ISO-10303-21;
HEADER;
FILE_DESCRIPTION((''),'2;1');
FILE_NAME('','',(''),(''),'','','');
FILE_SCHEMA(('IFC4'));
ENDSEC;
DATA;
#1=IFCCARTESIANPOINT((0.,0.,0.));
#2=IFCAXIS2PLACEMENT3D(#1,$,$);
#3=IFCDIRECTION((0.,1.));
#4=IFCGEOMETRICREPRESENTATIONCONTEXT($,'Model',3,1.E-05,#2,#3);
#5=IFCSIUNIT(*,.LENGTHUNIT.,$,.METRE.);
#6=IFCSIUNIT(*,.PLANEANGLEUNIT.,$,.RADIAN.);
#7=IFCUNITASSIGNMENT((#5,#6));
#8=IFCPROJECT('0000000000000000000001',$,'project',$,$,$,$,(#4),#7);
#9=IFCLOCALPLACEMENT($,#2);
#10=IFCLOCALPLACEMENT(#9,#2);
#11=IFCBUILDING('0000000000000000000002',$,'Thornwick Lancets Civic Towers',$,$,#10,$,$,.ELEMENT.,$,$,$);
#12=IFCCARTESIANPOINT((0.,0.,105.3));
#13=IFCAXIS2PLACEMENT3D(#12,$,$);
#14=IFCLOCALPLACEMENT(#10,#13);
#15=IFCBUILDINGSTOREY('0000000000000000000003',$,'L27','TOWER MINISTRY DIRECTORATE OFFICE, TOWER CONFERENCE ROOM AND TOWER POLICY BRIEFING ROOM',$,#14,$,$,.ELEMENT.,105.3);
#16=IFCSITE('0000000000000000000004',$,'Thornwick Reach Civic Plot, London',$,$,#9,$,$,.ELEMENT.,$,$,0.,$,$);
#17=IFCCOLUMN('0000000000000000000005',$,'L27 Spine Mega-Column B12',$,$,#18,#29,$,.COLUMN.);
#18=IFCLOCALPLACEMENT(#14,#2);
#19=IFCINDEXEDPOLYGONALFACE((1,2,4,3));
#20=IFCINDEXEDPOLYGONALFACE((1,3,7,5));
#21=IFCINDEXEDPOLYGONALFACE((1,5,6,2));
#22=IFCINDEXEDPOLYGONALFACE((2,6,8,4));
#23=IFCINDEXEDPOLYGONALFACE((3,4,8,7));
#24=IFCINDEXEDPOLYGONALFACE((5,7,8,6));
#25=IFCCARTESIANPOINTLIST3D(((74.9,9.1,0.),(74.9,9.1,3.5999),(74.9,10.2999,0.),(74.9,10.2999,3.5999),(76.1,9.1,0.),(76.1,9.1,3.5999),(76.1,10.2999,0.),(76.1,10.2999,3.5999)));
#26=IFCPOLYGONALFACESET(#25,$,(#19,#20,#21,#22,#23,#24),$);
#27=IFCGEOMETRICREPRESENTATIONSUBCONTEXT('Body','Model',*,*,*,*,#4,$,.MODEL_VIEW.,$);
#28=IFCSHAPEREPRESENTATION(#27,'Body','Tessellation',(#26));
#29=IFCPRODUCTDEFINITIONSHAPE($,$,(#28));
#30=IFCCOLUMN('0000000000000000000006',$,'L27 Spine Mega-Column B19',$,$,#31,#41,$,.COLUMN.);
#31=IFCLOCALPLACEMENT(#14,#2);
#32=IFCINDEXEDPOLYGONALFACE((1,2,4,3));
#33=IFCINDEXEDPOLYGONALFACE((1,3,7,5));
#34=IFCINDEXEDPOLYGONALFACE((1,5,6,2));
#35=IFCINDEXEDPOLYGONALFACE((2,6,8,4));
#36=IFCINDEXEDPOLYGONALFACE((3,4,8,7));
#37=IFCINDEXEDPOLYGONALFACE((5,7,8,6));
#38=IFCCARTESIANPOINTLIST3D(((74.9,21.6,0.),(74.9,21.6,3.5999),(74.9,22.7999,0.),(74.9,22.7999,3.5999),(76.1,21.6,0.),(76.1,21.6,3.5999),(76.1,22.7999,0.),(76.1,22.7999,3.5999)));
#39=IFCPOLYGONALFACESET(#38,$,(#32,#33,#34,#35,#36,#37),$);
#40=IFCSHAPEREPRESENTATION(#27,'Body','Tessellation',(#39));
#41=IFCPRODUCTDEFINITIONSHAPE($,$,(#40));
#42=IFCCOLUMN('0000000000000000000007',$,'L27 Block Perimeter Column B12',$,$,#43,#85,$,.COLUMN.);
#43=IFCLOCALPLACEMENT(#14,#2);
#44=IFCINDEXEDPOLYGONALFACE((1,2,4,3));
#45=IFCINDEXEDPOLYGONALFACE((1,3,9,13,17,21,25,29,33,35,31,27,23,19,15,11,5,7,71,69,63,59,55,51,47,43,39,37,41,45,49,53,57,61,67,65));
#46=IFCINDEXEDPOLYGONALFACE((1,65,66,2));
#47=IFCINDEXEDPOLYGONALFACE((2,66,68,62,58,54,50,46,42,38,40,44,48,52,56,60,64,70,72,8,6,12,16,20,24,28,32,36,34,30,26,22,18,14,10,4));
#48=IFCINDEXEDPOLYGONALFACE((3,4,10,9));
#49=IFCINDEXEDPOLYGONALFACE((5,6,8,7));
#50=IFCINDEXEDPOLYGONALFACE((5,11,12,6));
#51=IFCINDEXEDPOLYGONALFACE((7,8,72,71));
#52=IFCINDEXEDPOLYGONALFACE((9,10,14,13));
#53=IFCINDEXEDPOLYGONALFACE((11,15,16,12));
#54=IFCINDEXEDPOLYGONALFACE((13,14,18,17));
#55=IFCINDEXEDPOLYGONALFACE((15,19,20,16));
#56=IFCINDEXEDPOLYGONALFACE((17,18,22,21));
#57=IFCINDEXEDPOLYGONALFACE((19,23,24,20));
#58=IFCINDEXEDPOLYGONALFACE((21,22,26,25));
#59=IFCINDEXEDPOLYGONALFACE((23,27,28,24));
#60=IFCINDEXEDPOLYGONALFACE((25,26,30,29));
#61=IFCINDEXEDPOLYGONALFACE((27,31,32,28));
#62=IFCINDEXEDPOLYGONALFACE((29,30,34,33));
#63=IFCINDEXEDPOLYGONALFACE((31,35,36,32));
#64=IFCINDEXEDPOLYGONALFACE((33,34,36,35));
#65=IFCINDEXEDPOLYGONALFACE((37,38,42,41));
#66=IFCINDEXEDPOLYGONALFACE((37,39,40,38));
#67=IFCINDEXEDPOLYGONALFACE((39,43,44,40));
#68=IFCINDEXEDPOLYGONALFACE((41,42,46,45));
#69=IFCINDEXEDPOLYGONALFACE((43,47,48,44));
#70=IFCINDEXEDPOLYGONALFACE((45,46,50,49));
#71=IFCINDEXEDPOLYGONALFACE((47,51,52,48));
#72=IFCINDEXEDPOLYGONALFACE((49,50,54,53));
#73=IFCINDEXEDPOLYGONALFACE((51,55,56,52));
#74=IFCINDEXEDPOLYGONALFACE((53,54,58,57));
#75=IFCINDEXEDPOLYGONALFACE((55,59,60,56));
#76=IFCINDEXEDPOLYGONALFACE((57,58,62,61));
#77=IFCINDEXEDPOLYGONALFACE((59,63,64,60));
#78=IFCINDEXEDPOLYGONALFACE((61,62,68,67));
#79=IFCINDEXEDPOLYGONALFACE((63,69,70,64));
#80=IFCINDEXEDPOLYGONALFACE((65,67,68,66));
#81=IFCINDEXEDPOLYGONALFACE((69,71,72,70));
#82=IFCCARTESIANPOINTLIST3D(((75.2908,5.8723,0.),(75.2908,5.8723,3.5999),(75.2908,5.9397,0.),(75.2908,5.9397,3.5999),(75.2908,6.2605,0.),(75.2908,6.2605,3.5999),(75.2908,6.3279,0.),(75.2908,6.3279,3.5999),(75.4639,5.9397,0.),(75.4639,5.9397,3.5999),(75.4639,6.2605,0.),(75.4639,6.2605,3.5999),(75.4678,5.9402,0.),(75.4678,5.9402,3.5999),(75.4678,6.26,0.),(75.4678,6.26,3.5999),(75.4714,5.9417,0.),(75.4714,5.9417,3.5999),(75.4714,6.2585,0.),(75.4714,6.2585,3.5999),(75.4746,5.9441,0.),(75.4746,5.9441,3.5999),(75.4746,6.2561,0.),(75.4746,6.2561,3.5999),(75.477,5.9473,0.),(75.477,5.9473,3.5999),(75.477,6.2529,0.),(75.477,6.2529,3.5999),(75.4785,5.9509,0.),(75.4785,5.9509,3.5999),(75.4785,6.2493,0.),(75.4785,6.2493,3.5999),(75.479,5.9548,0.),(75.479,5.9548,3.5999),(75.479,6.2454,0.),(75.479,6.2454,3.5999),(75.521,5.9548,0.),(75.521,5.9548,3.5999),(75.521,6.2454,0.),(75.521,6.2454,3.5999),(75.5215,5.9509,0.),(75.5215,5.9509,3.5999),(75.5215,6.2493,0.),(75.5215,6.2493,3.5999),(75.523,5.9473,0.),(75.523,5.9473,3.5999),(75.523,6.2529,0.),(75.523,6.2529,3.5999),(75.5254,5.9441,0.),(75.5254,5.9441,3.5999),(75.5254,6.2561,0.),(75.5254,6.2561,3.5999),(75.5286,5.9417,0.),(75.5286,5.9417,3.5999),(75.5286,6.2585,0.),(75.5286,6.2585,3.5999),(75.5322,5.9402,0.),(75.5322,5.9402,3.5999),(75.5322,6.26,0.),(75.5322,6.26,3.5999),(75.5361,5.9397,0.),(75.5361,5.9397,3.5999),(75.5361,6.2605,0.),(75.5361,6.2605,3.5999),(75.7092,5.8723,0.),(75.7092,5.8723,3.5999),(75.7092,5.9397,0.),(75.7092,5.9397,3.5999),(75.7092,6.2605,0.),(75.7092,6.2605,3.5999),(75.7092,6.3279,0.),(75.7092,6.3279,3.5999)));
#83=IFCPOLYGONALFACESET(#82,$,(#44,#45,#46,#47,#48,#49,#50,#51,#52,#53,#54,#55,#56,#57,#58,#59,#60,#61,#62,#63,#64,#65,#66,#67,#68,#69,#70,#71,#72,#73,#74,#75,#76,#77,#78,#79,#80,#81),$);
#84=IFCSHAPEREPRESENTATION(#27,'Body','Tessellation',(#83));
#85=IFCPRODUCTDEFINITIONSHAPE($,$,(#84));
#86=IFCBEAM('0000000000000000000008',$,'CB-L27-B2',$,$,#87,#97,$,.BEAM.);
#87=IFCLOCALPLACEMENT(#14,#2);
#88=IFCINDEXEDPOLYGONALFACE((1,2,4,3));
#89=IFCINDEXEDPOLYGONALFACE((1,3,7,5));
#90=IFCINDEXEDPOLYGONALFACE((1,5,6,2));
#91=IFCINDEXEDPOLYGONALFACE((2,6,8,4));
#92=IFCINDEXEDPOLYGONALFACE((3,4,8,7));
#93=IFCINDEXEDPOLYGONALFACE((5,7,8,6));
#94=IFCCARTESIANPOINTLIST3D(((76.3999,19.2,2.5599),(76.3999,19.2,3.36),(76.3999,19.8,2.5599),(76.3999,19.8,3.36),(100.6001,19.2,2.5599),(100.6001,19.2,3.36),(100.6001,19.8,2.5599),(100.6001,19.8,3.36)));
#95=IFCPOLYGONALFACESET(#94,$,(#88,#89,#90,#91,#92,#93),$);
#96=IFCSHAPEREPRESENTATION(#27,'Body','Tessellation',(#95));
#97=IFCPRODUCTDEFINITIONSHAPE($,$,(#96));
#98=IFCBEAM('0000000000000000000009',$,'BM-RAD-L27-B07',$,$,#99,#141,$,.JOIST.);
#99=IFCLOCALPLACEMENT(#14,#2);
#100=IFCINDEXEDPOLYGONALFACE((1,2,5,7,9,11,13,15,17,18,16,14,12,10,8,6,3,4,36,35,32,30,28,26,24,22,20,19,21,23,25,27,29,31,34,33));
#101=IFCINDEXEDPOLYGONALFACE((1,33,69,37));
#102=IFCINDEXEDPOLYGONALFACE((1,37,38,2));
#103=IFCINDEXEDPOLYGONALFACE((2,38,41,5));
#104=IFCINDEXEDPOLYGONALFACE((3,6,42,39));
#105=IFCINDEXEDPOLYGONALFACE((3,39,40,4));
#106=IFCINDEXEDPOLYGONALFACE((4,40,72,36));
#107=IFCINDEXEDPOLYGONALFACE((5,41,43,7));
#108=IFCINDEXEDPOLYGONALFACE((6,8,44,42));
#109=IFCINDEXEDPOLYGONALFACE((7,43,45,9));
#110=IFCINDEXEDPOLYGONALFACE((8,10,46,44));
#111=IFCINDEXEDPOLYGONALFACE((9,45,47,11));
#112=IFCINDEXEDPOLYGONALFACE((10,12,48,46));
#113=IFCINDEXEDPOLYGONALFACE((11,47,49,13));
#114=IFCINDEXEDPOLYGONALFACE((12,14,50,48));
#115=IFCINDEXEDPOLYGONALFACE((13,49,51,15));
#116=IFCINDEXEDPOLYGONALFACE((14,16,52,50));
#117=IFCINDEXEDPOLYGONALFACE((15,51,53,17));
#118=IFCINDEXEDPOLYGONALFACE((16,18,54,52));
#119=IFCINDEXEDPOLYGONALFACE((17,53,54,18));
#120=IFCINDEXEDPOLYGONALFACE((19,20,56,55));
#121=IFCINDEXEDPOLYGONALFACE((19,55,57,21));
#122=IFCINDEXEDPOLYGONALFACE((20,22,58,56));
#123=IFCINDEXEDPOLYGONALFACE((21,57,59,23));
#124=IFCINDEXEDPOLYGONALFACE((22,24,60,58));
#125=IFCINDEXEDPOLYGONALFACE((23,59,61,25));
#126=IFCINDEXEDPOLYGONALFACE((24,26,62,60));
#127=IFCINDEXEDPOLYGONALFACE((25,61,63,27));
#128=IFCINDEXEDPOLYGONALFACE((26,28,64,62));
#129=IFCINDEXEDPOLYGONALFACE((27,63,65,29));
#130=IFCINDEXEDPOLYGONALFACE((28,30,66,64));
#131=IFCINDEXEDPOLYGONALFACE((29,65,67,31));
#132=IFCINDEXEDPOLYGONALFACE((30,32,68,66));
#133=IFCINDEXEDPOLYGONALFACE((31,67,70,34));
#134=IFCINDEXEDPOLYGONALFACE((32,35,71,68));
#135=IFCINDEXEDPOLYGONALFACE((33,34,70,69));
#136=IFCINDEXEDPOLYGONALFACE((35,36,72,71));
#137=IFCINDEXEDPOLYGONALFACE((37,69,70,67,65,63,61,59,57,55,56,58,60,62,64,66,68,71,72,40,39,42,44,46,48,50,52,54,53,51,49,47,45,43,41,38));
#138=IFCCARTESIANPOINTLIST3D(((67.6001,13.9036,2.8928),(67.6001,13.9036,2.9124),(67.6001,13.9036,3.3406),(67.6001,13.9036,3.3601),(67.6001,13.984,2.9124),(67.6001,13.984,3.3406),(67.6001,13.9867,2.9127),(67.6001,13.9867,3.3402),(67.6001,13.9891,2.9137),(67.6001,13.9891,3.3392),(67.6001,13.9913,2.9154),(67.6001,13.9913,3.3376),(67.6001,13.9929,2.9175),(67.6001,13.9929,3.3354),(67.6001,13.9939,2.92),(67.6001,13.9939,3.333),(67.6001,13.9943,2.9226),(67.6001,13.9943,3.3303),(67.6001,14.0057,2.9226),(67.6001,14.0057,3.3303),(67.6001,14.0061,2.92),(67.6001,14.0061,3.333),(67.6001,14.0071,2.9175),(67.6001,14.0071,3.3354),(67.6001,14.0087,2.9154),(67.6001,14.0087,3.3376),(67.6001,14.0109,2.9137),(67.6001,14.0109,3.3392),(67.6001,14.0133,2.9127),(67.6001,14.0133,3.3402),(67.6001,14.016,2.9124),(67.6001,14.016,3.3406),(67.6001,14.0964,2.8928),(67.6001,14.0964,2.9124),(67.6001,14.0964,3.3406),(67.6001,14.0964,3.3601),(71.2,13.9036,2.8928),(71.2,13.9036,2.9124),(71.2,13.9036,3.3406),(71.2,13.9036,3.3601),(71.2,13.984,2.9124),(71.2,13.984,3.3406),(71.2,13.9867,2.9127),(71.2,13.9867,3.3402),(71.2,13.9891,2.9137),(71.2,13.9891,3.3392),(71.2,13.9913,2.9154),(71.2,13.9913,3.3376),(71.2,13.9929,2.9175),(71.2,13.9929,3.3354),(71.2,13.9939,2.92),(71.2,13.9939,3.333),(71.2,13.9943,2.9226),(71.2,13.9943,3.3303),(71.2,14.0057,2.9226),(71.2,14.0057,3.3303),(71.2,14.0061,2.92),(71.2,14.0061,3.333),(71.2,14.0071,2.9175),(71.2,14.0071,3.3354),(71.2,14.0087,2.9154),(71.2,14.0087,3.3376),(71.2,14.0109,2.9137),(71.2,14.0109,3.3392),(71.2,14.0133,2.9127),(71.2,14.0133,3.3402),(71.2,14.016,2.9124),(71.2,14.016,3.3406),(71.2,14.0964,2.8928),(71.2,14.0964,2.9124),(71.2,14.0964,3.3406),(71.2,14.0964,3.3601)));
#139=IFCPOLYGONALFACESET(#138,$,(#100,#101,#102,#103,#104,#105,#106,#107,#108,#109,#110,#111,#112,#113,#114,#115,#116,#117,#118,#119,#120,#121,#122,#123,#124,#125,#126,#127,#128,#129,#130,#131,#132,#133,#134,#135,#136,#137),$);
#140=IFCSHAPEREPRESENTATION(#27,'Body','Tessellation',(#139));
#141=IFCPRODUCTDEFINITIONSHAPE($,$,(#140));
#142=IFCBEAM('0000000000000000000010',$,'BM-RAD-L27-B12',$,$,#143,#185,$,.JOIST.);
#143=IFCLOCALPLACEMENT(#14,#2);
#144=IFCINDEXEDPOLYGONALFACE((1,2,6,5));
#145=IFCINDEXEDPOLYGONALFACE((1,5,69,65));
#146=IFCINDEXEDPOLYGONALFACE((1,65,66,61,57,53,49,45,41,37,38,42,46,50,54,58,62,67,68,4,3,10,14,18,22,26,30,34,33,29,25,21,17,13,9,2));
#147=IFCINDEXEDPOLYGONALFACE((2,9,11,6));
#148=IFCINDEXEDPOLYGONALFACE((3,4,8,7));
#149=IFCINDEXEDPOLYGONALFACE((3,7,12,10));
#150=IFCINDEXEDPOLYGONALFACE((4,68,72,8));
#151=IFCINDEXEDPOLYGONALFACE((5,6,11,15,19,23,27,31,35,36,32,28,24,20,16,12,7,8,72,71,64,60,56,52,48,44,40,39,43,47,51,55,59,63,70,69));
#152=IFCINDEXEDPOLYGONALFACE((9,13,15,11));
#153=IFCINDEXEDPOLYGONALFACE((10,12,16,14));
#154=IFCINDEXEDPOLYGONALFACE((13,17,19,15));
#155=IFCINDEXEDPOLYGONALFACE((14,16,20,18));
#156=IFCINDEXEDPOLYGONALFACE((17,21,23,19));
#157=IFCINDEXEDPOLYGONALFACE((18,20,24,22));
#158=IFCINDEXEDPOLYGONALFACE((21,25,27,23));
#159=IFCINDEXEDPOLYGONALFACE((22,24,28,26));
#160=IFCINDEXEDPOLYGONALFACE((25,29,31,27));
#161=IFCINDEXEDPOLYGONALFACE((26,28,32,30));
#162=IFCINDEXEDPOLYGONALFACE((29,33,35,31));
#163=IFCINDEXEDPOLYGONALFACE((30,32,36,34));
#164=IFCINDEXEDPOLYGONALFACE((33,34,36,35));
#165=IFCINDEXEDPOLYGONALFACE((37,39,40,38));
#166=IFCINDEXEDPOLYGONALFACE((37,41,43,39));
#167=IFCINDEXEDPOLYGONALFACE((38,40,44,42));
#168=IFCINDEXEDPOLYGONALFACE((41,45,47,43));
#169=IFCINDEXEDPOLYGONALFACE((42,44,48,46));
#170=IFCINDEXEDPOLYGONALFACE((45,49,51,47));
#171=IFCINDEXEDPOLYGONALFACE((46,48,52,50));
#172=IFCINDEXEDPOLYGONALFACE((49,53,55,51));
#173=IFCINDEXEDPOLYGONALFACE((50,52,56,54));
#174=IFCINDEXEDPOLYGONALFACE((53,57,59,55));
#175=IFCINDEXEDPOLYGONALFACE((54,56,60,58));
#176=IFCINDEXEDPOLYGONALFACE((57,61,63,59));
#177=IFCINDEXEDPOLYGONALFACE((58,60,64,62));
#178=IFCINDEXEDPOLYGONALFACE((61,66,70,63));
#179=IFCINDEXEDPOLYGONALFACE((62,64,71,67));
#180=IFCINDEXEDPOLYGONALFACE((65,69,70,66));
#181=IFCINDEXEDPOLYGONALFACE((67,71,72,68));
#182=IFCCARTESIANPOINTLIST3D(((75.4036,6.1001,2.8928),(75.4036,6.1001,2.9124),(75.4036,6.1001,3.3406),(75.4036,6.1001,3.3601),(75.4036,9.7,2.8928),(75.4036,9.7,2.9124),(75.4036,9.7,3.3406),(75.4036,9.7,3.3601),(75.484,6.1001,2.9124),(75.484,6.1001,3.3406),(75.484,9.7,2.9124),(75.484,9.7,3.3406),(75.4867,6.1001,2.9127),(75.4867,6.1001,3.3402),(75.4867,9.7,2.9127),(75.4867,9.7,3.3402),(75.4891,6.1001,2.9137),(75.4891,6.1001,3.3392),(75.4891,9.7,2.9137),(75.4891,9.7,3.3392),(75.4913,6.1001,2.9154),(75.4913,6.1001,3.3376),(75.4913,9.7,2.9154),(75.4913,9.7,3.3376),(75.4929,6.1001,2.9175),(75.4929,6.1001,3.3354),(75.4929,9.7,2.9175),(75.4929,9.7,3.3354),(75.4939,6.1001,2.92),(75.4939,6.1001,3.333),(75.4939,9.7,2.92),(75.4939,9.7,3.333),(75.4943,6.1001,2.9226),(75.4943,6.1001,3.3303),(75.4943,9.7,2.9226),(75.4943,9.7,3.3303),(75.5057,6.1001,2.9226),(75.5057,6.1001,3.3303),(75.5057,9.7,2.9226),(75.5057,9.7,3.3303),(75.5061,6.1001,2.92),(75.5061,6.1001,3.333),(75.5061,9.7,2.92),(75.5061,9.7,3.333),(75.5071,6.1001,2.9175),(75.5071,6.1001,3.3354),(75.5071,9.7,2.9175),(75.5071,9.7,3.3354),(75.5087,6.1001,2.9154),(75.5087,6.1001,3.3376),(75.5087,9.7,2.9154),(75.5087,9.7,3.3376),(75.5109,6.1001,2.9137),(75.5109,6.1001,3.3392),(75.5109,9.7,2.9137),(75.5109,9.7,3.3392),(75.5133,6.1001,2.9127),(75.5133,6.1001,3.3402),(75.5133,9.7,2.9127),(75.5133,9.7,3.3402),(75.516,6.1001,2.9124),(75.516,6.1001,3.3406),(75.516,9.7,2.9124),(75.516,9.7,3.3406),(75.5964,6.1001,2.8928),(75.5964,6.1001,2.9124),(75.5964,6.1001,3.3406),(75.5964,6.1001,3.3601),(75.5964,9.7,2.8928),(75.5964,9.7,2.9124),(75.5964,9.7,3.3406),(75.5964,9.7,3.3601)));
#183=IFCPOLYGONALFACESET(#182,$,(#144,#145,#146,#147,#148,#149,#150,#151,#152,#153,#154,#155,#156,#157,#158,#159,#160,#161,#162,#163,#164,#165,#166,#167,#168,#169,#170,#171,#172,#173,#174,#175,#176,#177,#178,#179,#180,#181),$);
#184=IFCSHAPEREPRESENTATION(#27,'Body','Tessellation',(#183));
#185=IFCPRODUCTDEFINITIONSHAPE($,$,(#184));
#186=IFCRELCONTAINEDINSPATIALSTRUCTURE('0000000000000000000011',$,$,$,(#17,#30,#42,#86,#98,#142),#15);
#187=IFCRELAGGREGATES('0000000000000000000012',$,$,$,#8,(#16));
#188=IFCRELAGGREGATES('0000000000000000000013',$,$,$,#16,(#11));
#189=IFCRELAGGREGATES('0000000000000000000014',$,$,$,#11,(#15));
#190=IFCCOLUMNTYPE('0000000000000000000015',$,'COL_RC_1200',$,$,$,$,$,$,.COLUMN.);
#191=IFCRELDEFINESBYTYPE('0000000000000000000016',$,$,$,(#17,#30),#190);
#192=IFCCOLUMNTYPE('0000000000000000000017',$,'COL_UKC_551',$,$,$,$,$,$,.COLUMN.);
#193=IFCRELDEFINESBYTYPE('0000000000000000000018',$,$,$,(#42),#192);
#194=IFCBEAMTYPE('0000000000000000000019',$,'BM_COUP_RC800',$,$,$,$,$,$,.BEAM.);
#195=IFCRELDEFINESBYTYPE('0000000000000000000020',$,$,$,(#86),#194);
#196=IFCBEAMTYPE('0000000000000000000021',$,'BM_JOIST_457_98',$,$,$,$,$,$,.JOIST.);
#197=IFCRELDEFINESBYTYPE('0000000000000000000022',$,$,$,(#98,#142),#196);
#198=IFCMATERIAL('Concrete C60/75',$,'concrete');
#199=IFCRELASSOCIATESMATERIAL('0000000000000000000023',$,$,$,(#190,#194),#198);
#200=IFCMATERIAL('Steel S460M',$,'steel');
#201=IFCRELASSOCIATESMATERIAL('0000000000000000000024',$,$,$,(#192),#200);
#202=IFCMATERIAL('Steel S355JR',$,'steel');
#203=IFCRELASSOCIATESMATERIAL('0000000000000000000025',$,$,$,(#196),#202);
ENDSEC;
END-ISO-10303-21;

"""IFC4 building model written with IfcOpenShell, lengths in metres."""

from ifc_helpers import new_model, si_unit, direction, frame, origin, origin_2d, place, context, subcontext, project, spatial, rectangle, i_section, extrude, material, material_profile, profile_set, type_object, element, save


model = new_model("IFC4")

# Units and contexts
model_context = context("Model", 3, precision=1e-05, world=origin(), true_north=direction((0.0, 1.0)))
body_context = subcontext(model_context, "Body", "Model", "MODEL_VIEW")
ifc_project = project(units=[si_unit("LENGTHUNIT", "METRE"), si_unit("PLANEANGLEUNIT", "RADIAN")], contexts=[model_context])

# Site, building, storey
site_placement = place(None, origin())
site = spatial("IfcSite", under=ifc_project, at=site_placement, Name="Thornwick Reach Civic Plot, London", CompositionType="ELEMENT", RefElevation=0.0)
building_placement = place(site_placement, origin())
building = spatial("IfcBuilding", under=site, at=building_placement, Name="Thornwick Lancets Civic Towers", CompositionType="ELEMENT")
storey_placement = place(building_placement, frame((0.0, 0.0, 105.3)))
storey = spatial("IfcBuildingStorey", under=building, at=storey_placement, Name="L27", Description="TOWER MINISTRY DIRECTORATE OFFICE, TOWER CONFERENCE ROOM AND TOWER POLICY BRIEFING ROOM", CompositionType="ELEMENT", Elevation=105.3)

# Columns
ifc_material_1 = material(Name="Concrete C60/75", Category="concrete")
ifc_material_profile_1 = material_profile(ifc_material_1, rectangle(XDim=1.2, YDim=1.2, at=origin_2d()), Name="RC 1200x1200")
ifc_profile_set_1 = profile_set([ifc_material_profile_1], Name="Concrete C60/75")
column_type_1 = type_object("IfcColumnType", Name="COL_RC_1200", PredefinedType="COLUMN", material=ifc_profile_set_1)
for number, where, z_axis, x_axis, name in (
    (1, (75.5, 9.7, 0.0), (0.0, 0.0, 1.0), (1.0, 0.0, 0.0), "L27 Spine Mega-Column B12"),
    (2, (75.5, 22.2, 0.0), (0.0, 0.0, 1.0), (1.0, 0.0, 0.0), "L27 Spine Mega-Column B19"),
):
    element("IfcColumn", number, at=place(storey_placement, frame(where, z_axis=z_axis, x_axis=x_axis)), inside=storey, type_object=column_type_1, Name=name, PredefinedType="COLUMN", context=body_context, shape_type="SweptSolid", body=[
        extrude(rectangle(XDim=1.2, YDim=1.2, at=origin_2d()), origin(), (0.0, 0.0, 1.0), 3.5999),
    ])
ifc_material_2 = material(Name="Steel S460M", Category="steel")
ifc_material_profile_2 = material_profile(ifc_material_2, i_section(OverallWidth=0.4185, OverallDepth=0.4556, WebThickness=0.042, FlangeThickness=0.0674, FilletRadius=0.0151, at=origin_2d()), Name="UKC 356x406x551")
ifc_profile_set_2 = profile_set([ifc_material_profile_2], Name="Steel S460M")
column_type_2 = type_object("IfcColumnType", Name="COL_UKC_551", PredefinedType="COLUMN", material=ifc_profile_set_2)
column_placement = place(storey_placement, frame((75.5, 6.1001, 0.0), z_axis=(0.0, 0.0, 1.0), x_axis=(1.0, 0.0, 0.0)))
element("IfcColumn", 3, at=column_placement, inside=storey, type_object=column_type_2, Name="L27 Block Perimeter Column B12", PredefinedType="COLUMN", context=body_context, shape_type="SweptSolid", body=[
    extrude(i_section(OverallWidth=0.4185, OverallDepth=0.4556, WebThickness=0.042, FlangeThickness=0.0674, FilletRadius=0.0151, at=origin_2d()), origin(), (0.0, 0.0, 1.0), 3.5999),
])

# Beams
ifc_material_profile_3 = material_profile(ifc_material_1, rectangle(XDim=0.6001, YDim=0.8, at=origin_2d()), Name="RC 600x800")
ifc_profile_set_3 = profile_set([ifc_material_profile_3], Name="Concrete C60/75")
beam_type_1 = type_object("IfcBeamType", Name="BM_COUP_RC800", PredefinedType="BEAM", material=ifc_profile_set_3)
beam_1_placement = place(storey_placement, frame((76.3999, 19.5, 2.96), z_axis=(1.0, 0.0, 0.0), x_axis=(0.0, 1.0, 0.0)))
element("IfcBeam", 4, at=beam_1_placement, inside=storey, type_object=beam_type_1, Name="CB-L27-B2", PredefinedType="BEAM", context=body_context, shape_type="SweptSolid", body=[
    extrude(rectangle(XDim=0.6001, YDim=0.8, at=origin_2d()), origin(), (0.0, 0.0, 1.0), 24.2002),
])
ifc_material_3 = material(Name="Steel S355JR", Category="steel")
ifc_material_profile_4 = material_profile(ifc_material_3, i_section(OverallWidth=0.1929, OverallDepth=0.4673, WebThickness=0.0115, FlangeThickness=0.0195, FilletRadius=0.0103, at=origin_2d()), Name="UKB 457x191x98")
ifc_profile_set_4 = profile_set([ifc_material_profile_4], Name="Steel S355JR")
beam_type_2 = type_object("IfcBeamType", Name="BM_JOIST_457_98", PredefinedType="JOIST", material=ifc_profile_set_4)
for number, where, z_axis, x_axis, name in (
    (5, (71.2, 14.0, 3.1265), (-1.0, 0.0, 0.0), (0.0, -1.0, 0.0), "BM-RAD-L27-B07"),
    (6, (75.5, 9.7, 3.1265), (0.0, -1.0, 0.0), (1.0, 0.0, 0.0), "BM-RAD-L27-B12"),
):
    element("IfcBeam", number, at=place(storey_placement, frame(where, z_axis=z_axis, x_axis=x_axis)), inside=storey, type_object=beam_type_2, Name=name, PredefinedType="JOIST", context=body_context, shape_type="SweptSolid", body=[
        extrude(i_section(OverallWidth=0.1929, OverallDepth=0.4673, WebThickness=0.0115, FlangeThickness=0.0195, FilletRadius=0.0103, at=origin_2d()), origin(), (0.0, 0.0, 1.0), 3.5999),
    ])

save(model, "model.ifc")
